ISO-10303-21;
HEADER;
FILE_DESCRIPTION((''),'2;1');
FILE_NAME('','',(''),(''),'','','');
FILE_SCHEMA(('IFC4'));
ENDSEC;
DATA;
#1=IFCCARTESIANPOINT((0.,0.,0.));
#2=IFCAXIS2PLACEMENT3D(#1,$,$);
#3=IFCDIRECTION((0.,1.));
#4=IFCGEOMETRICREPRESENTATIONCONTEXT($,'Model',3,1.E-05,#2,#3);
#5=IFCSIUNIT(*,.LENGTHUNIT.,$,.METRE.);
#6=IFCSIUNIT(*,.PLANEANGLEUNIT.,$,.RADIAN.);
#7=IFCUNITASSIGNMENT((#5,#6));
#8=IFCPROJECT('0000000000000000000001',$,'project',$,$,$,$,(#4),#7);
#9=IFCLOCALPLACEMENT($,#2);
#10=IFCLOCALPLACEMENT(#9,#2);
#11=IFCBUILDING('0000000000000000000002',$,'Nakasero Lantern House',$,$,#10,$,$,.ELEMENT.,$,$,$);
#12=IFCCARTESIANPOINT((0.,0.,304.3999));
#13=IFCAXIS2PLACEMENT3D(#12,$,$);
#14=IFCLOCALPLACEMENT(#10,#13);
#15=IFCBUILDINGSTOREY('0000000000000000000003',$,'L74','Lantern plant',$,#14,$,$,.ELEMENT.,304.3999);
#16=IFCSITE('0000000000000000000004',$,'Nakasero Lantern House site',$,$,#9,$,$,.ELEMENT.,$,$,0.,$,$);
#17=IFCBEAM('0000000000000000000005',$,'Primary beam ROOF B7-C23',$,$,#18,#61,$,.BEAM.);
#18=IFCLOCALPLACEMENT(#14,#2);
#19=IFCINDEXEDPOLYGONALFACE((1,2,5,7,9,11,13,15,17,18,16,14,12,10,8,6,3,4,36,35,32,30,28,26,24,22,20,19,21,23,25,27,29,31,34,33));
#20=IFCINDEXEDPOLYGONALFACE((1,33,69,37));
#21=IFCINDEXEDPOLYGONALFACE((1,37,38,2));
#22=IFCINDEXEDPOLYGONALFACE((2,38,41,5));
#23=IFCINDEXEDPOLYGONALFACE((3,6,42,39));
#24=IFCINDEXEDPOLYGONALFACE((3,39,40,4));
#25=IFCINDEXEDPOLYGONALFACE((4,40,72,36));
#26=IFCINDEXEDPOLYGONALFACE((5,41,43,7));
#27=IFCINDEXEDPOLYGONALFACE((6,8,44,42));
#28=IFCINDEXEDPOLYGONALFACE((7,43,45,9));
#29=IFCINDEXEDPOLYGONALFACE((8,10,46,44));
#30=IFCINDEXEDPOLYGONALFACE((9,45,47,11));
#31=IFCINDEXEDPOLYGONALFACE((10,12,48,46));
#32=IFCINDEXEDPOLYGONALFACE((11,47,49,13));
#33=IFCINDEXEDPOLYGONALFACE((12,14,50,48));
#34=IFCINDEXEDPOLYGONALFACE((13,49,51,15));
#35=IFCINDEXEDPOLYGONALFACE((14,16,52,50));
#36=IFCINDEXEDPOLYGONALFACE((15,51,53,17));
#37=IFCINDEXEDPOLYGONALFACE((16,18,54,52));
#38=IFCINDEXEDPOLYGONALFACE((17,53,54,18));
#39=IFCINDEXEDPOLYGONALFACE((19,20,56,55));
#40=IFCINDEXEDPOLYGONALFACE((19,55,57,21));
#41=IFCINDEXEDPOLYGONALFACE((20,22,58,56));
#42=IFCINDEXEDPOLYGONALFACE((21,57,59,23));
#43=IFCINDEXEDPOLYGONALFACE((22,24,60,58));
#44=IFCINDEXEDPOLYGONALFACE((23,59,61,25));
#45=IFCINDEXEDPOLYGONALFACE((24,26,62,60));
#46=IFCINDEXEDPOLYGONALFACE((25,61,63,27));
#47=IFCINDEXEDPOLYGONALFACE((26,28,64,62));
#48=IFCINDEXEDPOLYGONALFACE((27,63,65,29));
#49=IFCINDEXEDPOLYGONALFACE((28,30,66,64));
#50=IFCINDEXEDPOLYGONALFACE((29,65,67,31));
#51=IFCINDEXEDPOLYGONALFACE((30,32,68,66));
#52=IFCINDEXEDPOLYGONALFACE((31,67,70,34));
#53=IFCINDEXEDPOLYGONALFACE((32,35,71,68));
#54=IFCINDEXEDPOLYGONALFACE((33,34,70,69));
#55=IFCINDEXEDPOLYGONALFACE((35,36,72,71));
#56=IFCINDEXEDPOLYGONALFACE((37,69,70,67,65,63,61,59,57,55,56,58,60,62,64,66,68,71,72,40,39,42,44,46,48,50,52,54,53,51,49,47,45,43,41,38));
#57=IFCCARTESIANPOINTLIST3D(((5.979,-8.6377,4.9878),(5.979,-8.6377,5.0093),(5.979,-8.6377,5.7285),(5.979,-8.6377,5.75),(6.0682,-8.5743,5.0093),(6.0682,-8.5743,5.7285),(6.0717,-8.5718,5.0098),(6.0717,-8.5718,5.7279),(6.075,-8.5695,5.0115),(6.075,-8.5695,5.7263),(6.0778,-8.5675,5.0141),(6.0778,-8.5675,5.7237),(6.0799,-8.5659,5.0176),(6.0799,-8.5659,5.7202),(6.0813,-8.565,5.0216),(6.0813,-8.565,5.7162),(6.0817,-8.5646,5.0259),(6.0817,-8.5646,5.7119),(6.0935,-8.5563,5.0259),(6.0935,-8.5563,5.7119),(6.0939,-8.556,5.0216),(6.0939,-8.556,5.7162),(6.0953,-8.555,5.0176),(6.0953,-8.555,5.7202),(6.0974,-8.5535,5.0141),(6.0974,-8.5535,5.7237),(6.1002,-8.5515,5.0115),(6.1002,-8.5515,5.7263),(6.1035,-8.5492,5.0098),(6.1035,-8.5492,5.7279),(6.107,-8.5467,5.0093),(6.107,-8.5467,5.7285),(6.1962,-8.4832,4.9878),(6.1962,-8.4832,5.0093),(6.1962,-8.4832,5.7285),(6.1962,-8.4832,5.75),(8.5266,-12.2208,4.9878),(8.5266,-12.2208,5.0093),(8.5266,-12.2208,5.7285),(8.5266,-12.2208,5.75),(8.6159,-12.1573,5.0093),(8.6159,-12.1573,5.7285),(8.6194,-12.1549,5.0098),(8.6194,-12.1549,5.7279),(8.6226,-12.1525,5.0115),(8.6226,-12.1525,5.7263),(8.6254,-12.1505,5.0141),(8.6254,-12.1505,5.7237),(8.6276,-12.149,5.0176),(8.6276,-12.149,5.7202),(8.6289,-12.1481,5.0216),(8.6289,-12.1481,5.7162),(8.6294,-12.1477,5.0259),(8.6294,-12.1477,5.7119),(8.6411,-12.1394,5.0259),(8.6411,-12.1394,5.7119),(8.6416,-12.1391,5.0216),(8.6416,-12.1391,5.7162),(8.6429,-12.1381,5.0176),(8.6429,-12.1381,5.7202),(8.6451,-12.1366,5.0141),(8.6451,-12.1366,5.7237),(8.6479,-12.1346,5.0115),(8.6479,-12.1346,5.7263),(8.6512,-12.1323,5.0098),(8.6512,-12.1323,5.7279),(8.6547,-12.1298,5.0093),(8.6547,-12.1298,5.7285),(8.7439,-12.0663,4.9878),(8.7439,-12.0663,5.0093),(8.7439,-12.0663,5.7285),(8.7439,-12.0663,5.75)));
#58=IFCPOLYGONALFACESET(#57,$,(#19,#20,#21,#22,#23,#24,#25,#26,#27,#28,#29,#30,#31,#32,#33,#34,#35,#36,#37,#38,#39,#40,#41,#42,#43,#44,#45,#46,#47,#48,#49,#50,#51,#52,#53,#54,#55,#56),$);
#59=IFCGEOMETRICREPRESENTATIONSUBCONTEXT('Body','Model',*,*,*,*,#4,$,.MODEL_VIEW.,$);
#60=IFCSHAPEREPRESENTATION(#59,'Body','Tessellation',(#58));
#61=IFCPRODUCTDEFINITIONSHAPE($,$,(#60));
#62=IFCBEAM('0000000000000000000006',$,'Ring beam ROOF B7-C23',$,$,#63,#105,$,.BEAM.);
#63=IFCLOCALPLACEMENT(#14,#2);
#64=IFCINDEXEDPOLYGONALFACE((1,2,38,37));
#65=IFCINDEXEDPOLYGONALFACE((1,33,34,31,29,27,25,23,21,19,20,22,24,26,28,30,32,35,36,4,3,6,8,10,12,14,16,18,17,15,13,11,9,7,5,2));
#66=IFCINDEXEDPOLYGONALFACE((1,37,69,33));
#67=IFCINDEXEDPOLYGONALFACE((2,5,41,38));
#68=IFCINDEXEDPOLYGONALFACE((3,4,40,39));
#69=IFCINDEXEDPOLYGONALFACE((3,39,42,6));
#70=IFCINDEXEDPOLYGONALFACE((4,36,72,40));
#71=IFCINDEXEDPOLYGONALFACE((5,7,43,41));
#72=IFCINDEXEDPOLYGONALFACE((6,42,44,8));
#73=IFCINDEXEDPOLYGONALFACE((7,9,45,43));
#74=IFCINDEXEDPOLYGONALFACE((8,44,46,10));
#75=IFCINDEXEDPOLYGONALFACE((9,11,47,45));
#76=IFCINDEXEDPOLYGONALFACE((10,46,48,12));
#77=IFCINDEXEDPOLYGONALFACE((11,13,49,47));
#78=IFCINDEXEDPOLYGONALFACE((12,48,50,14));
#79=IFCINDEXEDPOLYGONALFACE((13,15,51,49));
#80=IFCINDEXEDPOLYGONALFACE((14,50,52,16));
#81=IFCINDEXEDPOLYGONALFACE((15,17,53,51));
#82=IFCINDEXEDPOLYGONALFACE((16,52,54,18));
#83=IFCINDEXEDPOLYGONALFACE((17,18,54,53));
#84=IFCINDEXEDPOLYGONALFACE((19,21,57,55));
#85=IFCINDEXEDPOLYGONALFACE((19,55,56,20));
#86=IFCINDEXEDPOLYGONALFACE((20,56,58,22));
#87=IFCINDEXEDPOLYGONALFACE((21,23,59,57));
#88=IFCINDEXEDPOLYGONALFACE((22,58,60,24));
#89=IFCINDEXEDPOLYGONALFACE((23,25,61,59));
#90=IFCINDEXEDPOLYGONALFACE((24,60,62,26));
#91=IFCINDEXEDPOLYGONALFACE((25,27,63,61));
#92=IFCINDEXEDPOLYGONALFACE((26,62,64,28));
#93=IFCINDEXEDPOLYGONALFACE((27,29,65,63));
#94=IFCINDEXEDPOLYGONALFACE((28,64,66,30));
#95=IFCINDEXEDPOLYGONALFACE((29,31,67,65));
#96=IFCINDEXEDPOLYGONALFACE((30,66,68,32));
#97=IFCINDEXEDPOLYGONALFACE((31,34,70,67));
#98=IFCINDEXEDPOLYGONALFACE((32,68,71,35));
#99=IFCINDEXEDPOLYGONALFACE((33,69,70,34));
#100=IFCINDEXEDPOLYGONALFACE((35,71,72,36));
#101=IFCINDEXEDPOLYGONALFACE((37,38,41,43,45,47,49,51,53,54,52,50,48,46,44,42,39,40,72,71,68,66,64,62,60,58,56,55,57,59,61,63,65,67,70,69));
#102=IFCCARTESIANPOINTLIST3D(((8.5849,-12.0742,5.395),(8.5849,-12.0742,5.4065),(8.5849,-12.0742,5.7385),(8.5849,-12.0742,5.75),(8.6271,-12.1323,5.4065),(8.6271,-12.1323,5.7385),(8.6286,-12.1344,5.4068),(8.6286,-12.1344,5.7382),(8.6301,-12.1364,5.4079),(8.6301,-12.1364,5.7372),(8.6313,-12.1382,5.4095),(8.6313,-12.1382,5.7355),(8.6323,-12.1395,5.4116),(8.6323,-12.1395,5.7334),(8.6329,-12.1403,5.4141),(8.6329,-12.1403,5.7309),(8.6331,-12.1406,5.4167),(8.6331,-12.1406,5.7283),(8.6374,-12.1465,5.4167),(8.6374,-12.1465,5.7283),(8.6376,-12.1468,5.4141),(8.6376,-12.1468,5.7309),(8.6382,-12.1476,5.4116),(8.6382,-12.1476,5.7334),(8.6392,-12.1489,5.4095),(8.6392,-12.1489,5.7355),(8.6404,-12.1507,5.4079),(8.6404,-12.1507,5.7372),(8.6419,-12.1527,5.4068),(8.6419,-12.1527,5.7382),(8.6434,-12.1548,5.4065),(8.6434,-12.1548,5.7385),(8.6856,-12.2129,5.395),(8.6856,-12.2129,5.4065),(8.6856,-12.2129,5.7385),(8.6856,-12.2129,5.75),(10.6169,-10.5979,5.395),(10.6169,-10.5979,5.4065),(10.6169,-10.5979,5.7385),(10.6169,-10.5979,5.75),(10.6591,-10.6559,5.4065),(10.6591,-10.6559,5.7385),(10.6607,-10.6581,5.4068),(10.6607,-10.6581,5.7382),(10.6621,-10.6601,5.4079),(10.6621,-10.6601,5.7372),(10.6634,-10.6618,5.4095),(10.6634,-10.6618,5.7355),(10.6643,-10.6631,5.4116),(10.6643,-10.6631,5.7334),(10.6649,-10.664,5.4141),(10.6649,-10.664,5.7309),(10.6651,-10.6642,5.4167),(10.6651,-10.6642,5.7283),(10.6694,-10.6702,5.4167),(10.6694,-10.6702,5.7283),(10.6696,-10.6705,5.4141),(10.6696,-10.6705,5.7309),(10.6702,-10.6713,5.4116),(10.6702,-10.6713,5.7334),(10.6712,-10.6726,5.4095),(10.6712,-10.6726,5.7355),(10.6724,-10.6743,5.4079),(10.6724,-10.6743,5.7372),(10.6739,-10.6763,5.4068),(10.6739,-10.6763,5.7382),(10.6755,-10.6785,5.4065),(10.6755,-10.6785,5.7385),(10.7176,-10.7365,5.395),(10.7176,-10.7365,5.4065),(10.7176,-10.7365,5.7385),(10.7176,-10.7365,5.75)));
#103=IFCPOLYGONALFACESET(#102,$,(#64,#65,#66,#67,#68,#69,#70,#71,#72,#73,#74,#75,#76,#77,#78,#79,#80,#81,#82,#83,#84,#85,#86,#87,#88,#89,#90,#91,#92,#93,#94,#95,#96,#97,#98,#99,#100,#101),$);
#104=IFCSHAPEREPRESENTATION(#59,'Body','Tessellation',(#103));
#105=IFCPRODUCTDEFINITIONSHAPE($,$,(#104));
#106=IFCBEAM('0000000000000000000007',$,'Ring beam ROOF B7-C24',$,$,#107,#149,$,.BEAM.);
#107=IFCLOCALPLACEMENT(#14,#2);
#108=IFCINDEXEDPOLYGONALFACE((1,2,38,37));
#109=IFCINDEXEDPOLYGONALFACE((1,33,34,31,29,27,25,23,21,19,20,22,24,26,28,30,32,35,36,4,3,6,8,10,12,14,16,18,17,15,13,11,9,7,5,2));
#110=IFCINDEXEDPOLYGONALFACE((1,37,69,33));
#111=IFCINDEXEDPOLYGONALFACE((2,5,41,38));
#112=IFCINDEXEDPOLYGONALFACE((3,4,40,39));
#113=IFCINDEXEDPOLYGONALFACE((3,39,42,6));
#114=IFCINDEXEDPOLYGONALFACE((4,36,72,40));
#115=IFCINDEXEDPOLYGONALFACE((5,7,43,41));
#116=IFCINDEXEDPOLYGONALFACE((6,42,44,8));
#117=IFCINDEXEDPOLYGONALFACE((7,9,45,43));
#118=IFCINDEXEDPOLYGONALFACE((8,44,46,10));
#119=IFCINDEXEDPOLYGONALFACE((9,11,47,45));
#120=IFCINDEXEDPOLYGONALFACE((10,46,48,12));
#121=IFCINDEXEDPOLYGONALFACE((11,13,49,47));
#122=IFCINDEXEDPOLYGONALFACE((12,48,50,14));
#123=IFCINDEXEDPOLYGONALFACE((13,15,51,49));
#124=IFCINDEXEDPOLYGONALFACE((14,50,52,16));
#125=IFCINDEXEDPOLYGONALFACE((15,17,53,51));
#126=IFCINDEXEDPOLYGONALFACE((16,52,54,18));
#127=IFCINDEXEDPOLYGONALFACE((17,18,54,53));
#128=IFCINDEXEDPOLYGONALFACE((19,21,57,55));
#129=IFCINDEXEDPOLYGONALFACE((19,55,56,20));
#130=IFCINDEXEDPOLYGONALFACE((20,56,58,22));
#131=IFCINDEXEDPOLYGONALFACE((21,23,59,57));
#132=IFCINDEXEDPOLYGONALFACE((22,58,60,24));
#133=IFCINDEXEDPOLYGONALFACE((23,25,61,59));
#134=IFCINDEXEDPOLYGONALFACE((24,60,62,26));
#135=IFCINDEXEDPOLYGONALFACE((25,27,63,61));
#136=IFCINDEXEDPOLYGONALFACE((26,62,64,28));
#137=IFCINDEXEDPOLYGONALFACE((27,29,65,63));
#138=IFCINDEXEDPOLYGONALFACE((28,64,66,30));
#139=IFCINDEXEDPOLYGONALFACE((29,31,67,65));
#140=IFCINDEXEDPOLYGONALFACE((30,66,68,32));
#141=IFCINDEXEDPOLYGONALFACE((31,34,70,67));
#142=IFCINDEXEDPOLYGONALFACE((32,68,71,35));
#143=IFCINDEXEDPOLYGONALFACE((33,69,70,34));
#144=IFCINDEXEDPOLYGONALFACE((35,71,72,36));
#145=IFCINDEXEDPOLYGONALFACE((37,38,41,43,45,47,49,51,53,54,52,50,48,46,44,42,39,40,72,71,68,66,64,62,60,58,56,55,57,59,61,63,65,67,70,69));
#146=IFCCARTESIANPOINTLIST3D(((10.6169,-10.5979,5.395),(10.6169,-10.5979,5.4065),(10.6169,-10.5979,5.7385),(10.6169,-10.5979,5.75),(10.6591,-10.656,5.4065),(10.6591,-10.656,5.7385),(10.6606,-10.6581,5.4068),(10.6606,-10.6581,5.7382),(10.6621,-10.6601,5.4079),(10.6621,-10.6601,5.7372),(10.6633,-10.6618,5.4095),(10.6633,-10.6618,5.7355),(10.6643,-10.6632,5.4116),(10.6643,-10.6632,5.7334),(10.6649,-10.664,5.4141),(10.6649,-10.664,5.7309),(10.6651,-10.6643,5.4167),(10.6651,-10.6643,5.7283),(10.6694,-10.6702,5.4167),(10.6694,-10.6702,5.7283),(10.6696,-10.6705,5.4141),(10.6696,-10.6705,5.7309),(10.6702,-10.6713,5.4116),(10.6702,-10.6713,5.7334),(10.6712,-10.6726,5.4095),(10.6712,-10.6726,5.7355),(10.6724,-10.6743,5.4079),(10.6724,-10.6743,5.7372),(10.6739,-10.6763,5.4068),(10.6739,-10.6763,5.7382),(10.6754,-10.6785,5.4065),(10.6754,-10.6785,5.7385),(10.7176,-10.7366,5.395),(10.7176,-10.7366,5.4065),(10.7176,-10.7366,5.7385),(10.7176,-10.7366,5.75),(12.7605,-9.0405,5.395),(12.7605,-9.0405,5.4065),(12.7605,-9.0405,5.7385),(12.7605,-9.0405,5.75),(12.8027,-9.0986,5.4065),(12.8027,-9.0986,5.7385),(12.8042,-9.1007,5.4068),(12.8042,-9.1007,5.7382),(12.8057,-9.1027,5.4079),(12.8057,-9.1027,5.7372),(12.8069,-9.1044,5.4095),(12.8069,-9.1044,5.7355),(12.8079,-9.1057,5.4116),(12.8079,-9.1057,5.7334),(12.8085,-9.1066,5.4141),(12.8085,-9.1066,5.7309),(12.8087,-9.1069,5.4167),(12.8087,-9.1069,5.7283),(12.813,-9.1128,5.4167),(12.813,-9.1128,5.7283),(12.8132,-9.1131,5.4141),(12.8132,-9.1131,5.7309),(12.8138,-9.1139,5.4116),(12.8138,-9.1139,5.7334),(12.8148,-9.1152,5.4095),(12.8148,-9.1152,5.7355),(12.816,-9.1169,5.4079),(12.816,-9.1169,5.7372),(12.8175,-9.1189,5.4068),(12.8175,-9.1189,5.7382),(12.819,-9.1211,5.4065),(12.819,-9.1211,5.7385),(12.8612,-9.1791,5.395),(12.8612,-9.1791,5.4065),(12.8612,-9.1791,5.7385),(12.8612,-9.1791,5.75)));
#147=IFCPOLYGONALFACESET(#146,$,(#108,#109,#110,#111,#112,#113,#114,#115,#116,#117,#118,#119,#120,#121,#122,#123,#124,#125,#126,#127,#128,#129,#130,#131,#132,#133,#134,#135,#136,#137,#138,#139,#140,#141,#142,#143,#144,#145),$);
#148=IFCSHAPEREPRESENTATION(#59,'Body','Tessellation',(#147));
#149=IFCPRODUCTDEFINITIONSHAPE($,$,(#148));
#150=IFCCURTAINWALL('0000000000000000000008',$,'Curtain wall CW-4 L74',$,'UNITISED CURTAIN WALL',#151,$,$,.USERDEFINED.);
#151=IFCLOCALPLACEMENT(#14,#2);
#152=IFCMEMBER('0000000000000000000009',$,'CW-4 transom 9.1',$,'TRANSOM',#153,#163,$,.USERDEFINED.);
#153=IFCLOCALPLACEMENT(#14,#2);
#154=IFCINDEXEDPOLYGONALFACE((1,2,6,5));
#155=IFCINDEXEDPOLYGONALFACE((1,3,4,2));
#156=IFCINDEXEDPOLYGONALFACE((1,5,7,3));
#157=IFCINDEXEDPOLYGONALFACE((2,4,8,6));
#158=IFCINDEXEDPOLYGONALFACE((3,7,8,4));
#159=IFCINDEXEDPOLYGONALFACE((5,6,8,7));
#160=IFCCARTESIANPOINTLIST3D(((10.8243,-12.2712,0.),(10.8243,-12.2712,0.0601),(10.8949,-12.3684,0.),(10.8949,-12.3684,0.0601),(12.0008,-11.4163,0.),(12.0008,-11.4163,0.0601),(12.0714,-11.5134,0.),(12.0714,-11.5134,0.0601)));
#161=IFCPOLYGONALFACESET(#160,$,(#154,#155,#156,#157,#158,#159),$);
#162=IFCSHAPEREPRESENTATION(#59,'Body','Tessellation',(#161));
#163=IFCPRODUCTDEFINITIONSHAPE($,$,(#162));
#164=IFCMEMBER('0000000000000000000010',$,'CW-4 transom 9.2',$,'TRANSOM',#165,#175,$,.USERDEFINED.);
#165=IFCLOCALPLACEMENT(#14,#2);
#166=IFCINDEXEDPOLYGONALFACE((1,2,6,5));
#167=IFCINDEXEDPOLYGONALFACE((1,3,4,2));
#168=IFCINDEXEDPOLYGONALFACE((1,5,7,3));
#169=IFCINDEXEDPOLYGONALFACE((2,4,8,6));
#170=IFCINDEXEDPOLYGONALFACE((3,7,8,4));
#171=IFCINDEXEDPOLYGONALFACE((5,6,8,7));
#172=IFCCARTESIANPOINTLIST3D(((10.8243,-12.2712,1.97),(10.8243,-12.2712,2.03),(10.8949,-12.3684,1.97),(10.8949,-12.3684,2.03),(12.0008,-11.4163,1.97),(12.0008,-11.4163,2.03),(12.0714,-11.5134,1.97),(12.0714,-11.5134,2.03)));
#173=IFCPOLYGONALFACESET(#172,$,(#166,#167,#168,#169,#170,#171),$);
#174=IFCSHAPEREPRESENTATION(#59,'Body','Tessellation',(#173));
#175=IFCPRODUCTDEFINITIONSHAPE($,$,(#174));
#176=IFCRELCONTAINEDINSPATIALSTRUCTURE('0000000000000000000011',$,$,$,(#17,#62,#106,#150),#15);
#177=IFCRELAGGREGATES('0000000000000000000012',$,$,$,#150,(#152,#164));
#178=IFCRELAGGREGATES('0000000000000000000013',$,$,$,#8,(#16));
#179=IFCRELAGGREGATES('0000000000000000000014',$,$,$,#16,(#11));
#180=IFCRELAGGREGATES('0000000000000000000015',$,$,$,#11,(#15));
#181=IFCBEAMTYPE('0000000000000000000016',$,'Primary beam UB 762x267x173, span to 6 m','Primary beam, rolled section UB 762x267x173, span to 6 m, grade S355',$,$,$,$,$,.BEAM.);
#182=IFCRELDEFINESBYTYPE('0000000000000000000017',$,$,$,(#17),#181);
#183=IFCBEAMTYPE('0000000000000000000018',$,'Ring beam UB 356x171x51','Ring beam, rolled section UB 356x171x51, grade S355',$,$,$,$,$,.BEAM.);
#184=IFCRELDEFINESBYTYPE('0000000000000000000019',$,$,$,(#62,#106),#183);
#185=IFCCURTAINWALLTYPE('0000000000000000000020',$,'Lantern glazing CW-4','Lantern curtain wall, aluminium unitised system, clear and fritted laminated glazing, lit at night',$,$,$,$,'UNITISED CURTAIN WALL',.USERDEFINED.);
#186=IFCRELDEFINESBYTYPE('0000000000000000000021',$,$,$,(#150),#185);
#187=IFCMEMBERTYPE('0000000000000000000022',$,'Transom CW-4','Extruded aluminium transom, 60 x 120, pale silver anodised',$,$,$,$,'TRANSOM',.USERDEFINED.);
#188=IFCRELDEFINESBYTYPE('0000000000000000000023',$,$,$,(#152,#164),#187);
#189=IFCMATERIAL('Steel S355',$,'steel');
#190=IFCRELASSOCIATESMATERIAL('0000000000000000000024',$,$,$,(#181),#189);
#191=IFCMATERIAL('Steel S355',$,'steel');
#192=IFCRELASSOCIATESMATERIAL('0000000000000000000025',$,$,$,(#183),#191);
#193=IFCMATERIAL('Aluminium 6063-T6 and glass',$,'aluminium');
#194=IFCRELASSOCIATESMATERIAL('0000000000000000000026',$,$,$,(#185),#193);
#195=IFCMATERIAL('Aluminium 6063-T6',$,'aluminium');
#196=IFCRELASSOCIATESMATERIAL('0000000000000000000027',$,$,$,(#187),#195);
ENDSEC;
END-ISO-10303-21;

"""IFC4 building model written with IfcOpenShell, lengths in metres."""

from ifc_helpers import new_model, si_unit, direction, frame, origin, origin_2d, place, context, subcontext, project, spatial, rectangle, i_section, extrude, material, material_profile, profile_set, type_object, element, aggregate, save


model = new_model("IFC4")

# Units and contexts
model_context = context("Model", 3, precision=1e-05, world=origin(), true_north=direction((0.0, 1.0)))
body_context = subcontext(model_context, "Body", "Model", "MODEL_VIEW")
ifc_project = project(units=[si_unit("LENGTHUNIT", "METRE"), si_unit("PLANEANGLEUNIT", "RADIAN")], contexts=[model_context])

# Site, building, storey
site_placement = place(None, origin())
site = spatial("IfcSite", under=ifc_project, at=site_placement, Name="Nakasero Lantern House site", CompositionType="ELEMENT", RefElevation=0.0)
building_placement = place(site_placement, origin())
building = spatial("IfcBuilding", under=site, at=building_placement, Name="Nakasero Lantern House", CompositionType="ELEMENT")
storey_placement = place(building_placement, frame((0.0, 0.0, 304.3999)))
storey = spatial("IfcBuildingStorey", under=building, at=storey_placement, Name="L74", Description="Lantern plant", CompositionType="ELEMENT", Elevation=304.3999)

# Beams
ifc_material_1 = material(Name="Steel S355", Category="steel")
ifc_material_profile_1 = material_profile(ifc_material_1, i_section(OverallWidth=0.2666, OverallDepth=0.7622, WebThickness=0.0144, FlangeThickness=0.0215, FilletRadius=0.0166, at=origin_2d()), Name="UB 762x267x173")
ifc_profile_set_1 = profile_set([ifc_material_profile_1], Name="Steel S355")
beam_type_1 = type_object("IfcBeamType", Name="Primary beam UB 762x267x173, span to 6 m", Description="Primary beam, rolled section UB 762x267x173, span to 6 m, grade S355", PredefinedType="BEAM", material=ifc_profile_set_1)
beam_1_placement = place(storey_placement, frame((8.6353, -12.1436, 5.3689), z_axis=(-0.579477, 0.814989, 0.0), x_axis=(-0.814989, -0.579477, 0.0)))
element("IfcBeam", 1, at=beam_1_placement, inside=storey, type_object=beam_type_1, Name="Primary beam ROOF B7-C23", PredefinedType="BEAM", context=body_context, shape_type="SweptSolid", body=[
    extrude(i_section(OverallWidth=0.2666, OverallDepth=0.7622, WebThickness=0.0144, FlangeThickness=0.0215, FilletRadius=0.0166, at=origin_2d()), origin(), (0.0, 0.0, 1.0), 4.3965),
])
ifc_material_2 = material(Name="Steel S355", Category="steel")
ifc_material_profile_2 = material_profile(ifc_material_2, i_section(OverallWidth=0.1714, OverallDepth=0.355, WebThickness=0.0073, FlangeThickness=0.0115, FilletRadius=0.0103, at=origin_2d()), Name="UB 356x171x51")
ifc_profile_set_2 = profile_set([ifc_material_profile_2], Name="Steel S355")
beam_type_2 = type_object("IfcBeamType", Name="Ring beam UB 356x171x51", Description="Ring beam, rolled section UB 356x171x51, grade S355", PredefinedType="BEAM", material=ifc_profile_set_2)
beam_2_placement = place(storey_placement, frame((8.6353, -12.1436, 5.5725), z_axis=(0.809018, 0.587784, 0.0), x_axis=(-0.587784, 0.809018, 0.0)))
element("IfcBeam", 2, at=beam_2_placement, inside=storey, type_object=beam_type_2, Name="Ring beam ROOF B7-C23", PredefinedType="BEAM", context=body_context, shape_type="SweptSolid", body=[
    extrude(i_section(OverallWidth=0.1714, OverallDepth=0.355, WebThickness=0.0073, FlangeThickness=0.0115, FilletRadius=0.0103, at=origin_2d()), origin(), (0.0, 0.0, 1.0), 2.5117),
])
beam_3_placement = place(storey_placement, frame((10.6672, -10.6672, 5.5725), z_axis=(0.809019, 0.587783, 0.0), x_axis=(-0.587783, 0.809019, 0.0)))
element("IfcBeam", 3, at=beam_3_placement, inside=storey, type_object=beam_type_2, Name="Ring beam ROOF B7-C24", PredefinedType="BEAM", context=body_context, shape_type="SweptSolid", body=[
    extrude(i_section(OverallWidth=0.1714, OverallDepth=0.355, WebThickness=0.0073, FlangeThickness=0.0115, FilletRadius=0.0103, at=origin_2d()), origin(), (0.0, 0.0, 1.0), 2.6497),
])

# Curtain wall, members
ifc_material_3 = material(Name="Aluminium 6063-T6 and glass", Category="aluminium")
curtain_wall_type = type_object("IfcCurtainWallType", Name="Lantern glazing CW-4", Description="Lantern curtain wall, aluminium unitised system, clear and fritted laminated glazing, lit at night", ElementType="UNITISED CURTAIN WALL", PredefinedType="USERDEFINED", material=ifc_material_3)
curtain_wall_placement = place(storey_placement, origin())
curtain_wall = element("IfcCurtainWall", 4, at=curtain_wall_placement, inside=storey, type_object=curtain_wall_type, Name="Curtain wall CW-4 L74", ObjectType="UNITISED CURTAIN WALL", PredefinedType="USERDEFINED")
ifc_material_4 = material(Name="Aluminium 6063-T6", Category="aluminium")
ifc_material_profile_3 = material_profile(ifc_material_4, rectangle(XDim=0.0601, YDim=0.1201, at=origin_2d()), Name="CW-4 transom 60x120")
ifc_profile_set_3 = profile_set([ifc_material_profile_3], Name="Aluminium 6063-T6")
member_type = type_object("IfcMemberType", Name="Transom CW-4", Description="Extruded aluminium transom, 60 x 120, pale silver anodised", ElementType="TRANSOM", PredefinedType="USERDEFINED", material=ifc_profile_set_3)
member_1_placement = place(storey_placement, frame((10.8596, -12.3198, 0.03), z_axis=(0.808954, 0.587872, 0.0), x_axis=(0.0, 0.0, 1.0)))
member_1 = element("IfcMember", 5, at=member_1_placement, type_object=member_type, Name="CW-4 transom 9.1", ObjectType="TRANSOM", PredefinedType="USERDEFINED", context=body_context, shape_type="SweptSolid", body=[
    extrude(rectangle(XDim=0.0601, YDim=0.1201, at=origin_2d()), origin(), (0.0, 0.0, 1.0), 1.4543),
])
member_2_placement = place(storey_placement, frame((10.8596, -12.3198, 2.0), z_axis=(0.808954, 0.587872, 0.0), x_axis=(0.0, 0.0, 1.0)))
member_2 = element("IfcMember", 6, at=member_2_placement, type_object=member_type, Name="CW-4 transom 9.2", ObjectType="TRANSOM", PredefinedType="USERDEFINED", context=body_context, shape_type="SweptSolid", body=[
    extrude(rectangle(XDim=0.0601, YDim=0.1201, at=origin_2d()), origin(), (0.0, 0.0, 1.0), 1.4543),
])
aggregate(curtain_wall, [member_1, member_2])

save(model, "model.ifc")
